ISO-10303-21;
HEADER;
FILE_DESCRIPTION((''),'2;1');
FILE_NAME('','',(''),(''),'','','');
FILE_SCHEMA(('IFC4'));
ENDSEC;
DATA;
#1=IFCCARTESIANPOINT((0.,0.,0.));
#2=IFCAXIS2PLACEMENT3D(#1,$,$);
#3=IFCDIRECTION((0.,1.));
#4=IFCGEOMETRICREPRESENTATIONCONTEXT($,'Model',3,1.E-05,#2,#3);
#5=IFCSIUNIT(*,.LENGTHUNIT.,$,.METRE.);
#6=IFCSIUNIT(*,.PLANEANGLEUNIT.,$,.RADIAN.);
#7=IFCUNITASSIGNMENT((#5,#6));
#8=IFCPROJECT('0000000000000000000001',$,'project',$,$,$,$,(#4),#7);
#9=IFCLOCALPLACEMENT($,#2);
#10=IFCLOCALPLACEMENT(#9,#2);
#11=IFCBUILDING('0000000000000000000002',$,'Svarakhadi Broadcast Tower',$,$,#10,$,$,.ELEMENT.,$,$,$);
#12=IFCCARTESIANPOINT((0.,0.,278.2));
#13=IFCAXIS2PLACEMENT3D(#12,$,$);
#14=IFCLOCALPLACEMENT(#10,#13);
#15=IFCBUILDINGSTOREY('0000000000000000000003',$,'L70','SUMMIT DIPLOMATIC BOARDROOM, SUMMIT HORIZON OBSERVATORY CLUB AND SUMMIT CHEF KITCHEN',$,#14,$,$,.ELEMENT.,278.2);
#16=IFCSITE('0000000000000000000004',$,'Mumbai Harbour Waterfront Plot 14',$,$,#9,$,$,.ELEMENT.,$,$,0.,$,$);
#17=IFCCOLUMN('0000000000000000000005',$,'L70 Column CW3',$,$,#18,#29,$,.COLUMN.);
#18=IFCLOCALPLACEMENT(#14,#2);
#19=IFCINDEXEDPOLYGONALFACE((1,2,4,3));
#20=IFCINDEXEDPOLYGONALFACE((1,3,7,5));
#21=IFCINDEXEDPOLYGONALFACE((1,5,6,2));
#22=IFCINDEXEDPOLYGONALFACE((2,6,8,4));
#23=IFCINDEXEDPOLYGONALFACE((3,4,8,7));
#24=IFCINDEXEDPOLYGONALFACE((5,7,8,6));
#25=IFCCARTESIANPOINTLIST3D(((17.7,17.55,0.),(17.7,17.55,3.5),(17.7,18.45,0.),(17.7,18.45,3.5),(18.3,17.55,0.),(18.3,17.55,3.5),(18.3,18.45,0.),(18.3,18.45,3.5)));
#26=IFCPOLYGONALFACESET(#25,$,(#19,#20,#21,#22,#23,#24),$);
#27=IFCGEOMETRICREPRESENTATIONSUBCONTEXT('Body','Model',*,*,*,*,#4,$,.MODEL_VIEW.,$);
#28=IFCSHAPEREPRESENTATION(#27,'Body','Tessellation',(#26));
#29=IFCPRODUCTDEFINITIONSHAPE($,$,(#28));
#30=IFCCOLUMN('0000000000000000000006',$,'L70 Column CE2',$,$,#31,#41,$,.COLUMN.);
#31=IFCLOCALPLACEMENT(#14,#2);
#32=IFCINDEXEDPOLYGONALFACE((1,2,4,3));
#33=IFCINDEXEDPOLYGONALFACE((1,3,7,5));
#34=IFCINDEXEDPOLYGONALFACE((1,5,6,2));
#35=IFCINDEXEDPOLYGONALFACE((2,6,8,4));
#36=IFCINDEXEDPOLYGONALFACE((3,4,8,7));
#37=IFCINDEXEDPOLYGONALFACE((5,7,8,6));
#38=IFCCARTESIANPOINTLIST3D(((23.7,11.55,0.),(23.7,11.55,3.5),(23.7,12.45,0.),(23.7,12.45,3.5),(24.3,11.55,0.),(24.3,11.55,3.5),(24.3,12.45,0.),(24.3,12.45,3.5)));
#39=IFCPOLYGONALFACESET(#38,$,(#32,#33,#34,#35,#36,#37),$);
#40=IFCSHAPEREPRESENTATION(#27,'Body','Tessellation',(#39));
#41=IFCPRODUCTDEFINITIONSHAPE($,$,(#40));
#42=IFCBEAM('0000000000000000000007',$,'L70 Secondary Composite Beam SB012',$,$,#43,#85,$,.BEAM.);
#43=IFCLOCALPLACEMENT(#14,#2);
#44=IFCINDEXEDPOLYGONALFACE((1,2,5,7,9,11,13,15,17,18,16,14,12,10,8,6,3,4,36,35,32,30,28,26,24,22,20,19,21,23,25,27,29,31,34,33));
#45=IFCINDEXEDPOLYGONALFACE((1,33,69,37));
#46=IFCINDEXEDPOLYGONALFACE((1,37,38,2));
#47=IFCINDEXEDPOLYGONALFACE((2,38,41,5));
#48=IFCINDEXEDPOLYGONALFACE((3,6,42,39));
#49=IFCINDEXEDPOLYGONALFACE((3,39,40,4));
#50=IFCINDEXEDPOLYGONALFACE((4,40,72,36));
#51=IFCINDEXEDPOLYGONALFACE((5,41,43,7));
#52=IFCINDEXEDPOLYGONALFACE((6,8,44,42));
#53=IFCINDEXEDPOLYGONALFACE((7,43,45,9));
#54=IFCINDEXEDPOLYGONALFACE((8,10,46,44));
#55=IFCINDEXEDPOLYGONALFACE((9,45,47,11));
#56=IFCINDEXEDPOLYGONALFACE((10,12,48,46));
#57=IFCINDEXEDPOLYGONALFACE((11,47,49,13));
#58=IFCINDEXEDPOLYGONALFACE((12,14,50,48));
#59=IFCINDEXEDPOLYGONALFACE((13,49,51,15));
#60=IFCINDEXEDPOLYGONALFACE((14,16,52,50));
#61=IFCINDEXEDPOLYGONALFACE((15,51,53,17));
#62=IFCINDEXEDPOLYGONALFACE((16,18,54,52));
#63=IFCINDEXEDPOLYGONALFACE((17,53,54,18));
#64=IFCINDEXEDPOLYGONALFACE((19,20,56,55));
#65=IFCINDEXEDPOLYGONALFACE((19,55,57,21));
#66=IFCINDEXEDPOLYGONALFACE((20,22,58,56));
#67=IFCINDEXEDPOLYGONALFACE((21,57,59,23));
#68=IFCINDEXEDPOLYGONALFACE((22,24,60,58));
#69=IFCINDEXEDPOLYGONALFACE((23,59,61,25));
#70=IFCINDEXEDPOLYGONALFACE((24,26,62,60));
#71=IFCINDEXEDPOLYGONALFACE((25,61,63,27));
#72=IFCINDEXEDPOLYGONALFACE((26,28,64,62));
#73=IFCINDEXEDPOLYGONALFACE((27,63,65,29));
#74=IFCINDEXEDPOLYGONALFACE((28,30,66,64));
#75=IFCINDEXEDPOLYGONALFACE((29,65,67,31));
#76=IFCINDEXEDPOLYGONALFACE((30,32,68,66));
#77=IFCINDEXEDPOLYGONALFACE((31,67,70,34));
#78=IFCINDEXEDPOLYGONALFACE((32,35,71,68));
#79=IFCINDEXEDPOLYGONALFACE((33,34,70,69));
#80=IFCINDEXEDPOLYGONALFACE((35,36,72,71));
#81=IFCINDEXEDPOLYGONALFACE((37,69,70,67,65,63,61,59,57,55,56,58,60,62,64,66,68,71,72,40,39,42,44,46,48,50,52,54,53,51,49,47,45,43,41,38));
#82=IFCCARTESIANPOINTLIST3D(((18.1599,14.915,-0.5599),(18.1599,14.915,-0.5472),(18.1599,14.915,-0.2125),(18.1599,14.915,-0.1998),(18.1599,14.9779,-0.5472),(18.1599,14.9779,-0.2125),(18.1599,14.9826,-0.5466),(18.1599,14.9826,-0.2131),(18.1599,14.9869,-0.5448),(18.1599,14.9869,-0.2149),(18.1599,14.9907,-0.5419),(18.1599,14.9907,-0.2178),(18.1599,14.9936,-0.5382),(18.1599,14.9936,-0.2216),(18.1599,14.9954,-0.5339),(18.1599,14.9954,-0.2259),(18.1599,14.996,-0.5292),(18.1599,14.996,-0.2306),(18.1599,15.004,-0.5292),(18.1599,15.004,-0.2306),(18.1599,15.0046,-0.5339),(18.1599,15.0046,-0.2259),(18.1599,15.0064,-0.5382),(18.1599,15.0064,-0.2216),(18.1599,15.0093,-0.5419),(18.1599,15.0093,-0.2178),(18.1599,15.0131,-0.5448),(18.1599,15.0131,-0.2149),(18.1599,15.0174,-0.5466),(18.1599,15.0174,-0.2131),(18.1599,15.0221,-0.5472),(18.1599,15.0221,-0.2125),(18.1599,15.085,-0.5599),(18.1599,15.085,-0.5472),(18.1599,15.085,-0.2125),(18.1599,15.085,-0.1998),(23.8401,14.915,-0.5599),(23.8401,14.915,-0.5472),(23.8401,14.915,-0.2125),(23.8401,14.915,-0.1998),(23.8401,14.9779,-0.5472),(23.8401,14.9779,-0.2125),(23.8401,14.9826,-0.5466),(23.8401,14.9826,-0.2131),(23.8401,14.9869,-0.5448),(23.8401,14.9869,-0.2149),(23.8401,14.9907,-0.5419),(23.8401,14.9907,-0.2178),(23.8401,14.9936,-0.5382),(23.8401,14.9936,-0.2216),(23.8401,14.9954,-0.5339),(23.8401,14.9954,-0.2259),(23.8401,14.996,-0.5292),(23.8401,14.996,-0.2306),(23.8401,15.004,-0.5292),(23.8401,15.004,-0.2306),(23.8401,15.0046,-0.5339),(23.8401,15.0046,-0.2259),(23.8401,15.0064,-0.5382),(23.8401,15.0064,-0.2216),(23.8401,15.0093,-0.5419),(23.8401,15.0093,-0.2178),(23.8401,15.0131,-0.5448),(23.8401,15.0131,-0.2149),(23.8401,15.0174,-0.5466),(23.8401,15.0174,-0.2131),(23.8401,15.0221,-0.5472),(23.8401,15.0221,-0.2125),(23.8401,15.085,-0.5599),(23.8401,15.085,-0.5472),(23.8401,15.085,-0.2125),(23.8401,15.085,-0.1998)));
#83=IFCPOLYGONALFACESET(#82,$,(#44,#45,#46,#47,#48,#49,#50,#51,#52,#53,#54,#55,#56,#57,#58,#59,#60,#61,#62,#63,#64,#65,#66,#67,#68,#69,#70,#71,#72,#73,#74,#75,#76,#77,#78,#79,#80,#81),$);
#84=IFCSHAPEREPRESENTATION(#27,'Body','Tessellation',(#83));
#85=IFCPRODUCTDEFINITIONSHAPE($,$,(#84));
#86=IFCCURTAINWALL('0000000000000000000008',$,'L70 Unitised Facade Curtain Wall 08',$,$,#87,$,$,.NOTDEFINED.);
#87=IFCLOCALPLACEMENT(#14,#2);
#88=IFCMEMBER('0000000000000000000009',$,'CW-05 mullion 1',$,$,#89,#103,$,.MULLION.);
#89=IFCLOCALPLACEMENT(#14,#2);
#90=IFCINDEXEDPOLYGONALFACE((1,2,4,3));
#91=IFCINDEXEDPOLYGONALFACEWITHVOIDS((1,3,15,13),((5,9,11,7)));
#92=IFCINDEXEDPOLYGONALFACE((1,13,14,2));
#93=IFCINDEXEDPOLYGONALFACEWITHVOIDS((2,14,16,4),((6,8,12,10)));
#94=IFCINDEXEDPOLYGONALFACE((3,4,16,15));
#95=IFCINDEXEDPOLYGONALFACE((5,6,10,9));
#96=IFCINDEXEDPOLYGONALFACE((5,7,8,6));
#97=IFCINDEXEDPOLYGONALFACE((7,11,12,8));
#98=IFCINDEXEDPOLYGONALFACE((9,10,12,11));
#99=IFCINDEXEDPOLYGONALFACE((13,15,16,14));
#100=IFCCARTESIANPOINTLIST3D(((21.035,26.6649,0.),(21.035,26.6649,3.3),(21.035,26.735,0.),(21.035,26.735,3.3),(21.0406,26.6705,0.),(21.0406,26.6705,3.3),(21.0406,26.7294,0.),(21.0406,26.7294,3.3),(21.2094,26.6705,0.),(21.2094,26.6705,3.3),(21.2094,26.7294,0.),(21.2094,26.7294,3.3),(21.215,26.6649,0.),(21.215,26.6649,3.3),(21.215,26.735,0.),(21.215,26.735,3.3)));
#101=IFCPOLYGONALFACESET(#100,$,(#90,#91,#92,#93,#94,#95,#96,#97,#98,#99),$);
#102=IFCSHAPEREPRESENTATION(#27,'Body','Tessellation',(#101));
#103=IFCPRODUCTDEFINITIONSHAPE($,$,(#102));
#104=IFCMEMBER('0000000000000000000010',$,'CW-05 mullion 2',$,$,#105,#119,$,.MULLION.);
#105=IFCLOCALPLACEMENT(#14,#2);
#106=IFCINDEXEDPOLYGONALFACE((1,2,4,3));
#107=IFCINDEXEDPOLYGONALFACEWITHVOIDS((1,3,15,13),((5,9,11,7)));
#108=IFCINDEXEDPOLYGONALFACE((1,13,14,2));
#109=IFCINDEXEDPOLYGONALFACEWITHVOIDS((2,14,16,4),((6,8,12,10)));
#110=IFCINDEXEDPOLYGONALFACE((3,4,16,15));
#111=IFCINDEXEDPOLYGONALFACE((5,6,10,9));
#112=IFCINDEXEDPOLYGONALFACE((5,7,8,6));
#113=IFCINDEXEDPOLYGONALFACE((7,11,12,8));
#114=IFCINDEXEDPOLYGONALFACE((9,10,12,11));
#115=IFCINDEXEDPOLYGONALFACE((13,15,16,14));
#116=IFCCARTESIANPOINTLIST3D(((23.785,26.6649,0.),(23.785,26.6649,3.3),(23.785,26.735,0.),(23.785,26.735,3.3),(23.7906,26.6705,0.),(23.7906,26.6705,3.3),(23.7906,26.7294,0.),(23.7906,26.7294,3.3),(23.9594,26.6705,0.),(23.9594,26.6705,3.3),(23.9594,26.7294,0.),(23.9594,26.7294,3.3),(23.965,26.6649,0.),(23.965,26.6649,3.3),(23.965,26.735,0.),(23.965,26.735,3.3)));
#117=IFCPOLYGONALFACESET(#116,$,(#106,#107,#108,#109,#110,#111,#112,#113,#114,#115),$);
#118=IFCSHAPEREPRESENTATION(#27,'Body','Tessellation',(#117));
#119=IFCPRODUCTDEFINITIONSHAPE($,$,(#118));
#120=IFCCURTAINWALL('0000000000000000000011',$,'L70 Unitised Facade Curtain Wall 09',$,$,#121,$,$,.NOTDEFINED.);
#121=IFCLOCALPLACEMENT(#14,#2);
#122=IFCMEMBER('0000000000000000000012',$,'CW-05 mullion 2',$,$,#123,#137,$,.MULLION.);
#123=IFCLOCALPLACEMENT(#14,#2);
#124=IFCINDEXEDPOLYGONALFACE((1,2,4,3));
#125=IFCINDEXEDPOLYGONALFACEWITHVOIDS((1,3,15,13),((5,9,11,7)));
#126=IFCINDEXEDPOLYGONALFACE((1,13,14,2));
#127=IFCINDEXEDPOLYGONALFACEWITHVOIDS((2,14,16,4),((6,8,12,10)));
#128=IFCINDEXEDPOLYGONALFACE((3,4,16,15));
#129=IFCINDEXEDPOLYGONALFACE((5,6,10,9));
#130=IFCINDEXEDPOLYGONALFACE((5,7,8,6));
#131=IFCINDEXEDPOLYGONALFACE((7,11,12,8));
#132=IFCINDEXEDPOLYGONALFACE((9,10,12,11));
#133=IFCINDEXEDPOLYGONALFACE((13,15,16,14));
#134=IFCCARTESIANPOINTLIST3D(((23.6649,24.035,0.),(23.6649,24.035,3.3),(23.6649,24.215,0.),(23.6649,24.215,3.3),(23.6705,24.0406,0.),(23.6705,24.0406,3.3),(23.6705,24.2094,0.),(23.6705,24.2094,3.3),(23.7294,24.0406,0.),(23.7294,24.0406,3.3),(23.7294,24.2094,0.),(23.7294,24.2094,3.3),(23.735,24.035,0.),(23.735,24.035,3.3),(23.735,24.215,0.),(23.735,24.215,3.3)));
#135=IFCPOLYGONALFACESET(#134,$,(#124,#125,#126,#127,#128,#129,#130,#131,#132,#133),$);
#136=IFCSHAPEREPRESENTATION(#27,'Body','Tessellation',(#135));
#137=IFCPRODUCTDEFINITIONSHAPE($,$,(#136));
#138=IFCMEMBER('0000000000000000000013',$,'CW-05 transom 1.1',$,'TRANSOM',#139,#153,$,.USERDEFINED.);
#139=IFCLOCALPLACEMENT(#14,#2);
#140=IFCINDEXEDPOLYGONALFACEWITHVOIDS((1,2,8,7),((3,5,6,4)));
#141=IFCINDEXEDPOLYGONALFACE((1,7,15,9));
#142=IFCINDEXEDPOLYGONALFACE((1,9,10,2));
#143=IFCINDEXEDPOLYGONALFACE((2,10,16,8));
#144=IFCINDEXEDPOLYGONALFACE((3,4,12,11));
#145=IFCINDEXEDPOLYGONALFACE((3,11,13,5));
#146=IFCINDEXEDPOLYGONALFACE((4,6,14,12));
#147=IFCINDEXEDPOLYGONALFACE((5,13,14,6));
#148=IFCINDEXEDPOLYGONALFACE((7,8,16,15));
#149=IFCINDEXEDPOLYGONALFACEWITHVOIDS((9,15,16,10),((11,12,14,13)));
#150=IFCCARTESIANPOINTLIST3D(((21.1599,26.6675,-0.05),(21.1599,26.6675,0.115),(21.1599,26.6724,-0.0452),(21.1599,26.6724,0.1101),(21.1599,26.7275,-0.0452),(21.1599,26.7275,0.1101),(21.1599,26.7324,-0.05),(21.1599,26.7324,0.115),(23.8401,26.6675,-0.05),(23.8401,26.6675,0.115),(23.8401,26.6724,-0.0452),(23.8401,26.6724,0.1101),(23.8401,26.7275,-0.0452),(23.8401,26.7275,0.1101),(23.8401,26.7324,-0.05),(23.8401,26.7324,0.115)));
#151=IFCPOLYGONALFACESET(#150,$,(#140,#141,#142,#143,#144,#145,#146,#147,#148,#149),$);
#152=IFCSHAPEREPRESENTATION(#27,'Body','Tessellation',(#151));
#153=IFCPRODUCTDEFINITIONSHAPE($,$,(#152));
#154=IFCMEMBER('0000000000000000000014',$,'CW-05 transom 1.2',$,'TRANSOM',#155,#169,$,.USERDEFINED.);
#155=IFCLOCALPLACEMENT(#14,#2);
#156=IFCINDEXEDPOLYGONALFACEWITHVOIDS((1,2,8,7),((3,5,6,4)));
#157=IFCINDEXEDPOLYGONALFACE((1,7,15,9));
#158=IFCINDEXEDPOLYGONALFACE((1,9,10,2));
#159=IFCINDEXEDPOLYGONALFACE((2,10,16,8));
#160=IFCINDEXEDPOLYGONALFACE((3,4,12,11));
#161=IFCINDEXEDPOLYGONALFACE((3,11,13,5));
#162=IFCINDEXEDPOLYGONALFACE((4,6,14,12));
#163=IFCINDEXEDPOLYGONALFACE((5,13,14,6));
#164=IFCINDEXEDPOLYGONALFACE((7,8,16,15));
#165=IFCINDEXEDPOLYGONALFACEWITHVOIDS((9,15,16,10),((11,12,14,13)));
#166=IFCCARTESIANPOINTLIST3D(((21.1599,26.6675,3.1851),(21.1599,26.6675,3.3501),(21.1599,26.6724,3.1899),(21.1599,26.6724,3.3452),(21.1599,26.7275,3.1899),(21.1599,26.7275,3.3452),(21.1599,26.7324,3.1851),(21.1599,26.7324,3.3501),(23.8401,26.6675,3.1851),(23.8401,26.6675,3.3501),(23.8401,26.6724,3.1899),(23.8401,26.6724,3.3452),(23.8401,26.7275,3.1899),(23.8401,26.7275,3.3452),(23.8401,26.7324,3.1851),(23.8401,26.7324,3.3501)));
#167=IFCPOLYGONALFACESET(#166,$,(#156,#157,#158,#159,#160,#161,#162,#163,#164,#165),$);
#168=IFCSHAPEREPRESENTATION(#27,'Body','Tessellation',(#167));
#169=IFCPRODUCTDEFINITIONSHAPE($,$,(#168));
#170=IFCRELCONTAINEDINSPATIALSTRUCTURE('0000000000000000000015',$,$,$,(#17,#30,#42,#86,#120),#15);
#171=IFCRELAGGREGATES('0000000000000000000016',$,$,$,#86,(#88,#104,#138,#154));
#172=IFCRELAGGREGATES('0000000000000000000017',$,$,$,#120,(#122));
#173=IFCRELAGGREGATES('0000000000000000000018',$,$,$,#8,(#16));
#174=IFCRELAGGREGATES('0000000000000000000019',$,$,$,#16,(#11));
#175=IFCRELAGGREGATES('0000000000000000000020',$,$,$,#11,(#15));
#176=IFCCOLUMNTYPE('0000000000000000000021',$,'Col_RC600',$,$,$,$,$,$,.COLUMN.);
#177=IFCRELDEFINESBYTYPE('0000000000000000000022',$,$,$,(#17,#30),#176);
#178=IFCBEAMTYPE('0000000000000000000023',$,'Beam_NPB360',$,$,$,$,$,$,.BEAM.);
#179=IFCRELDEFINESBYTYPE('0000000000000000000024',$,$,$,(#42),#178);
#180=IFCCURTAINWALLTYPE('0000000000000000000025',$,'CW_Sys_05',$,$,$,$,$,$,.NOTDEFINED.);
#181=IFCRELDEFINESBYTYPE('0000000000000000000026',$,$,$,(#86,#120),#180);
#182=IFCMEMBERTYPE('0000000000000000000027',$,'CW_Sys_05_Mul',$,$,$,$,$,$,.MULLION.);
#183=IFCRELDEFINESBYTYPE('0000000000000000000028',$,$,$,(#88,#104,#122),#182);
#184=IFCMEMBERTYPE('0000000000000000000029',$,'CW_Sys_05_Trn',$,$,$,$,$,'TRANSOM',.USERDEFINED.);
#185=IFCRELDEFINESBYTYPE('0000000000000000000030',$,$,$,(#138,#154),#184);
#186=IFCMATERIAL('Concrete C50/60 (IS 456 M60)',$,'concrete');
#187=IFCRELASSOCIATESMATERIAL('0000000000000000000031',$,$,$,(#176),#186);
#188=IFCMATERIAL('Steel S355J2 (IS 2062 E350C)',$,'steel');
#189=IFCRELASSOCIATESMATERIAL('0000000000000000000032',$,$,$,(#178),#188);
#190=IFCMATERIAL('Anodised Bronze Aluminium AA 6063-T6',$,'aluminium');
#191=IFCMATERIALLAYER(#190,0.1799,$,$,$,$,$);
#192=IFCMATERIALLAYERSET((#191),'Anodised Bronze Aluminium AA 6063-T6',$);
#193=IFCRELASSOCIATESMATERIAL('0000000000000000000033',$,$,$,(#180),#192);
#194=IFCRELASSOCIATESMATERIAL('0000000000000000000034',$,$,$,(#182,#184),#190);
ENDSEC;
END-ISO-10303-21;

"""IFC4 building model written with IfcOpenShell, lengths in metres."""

from ifc_helpers import new_model, si_unit, direction, frame, origin, origin_2d, place, context, subcontext, project, spatial, rectangle, hollow_rectangle, i_section, extrude, material, layer, layer_set, material_profile, profile_set, type_object, element, aggregate, save


model = new_model("IFC4")

# Units and contexts
model_context = context("Model", 3, precision=1e-05, world=origin(), true_north=direction((0.0, 1.0)))
body_context = subcontext(model_context, "Body", "Model", "MODEL_VIEW")
ifc_project = project(units=[si_unit("LENGTHUNIT", "METRE"), si_unit("PLANEANGLEUNIT", "RADIAN")], contexts=[model_context])

# Site, building, storey
site_placement = place(None, origin())
site = spatial("IfcSite", under=ifc_project, at=site_placement, Name="Mumbai Harbour Waterfront Plot 14", CompositionType="ELEMENT", RefElevation=0.0)
building_placement = place(site_placement, origin())
building = spatial("IfcBuilding", under=site, at=building_placement, Name="Svarakhadi Broadcast Tower", CompositionType="ELEMENT")
storey_placement = place(building_placement, frame((0.0, 0.0, 278.2)))
storey = spatial("IfcBuildingStorey", under=building, at=storey_placement, Name="L70", Description="SUMMIT DIPLOMATIC BOARDROOM, SUMMIT HORIZON OBSERVATORY CLUB AND SUMMIT CHEF KITCHEN", CompositionType="ELEMENT", Elevation=278.2)

# Columns
ifc_material_1 = material(Name="Concrete C50/60 (IS 456 M60)", Category="concrete")
ifc_material_profile_1 = material_profile(ifc_material_1, rectangle(XDim=0.6001, YDim=0.8999, at=origin_2d()), Name="RC 600x900")
ifc_profile_set_1 = profile_set([ifc_material_profile_1], Name="Concrete C50/60 (IS 456 M60)")
column_type = type_object("IfcColumnType", Name="Col_RC600", PredefinedType="COLUMN", material=ifc_profile_set_1)
for number, where, z_axis, x_axis, name in (
    (1, (18.0, 18.0, 0.0), (0.0, 0.0, 1.0), (1.0, 0.0, 0.0), "L70 Column CW3"),
    (2, (24.0, 12.0, 0.0), (0.0, 0.0, 1.0), (1.0, 0.0, 0.0), "L70 Column CE2"),
):
    element("IfcColumn", number, at=place(storey_placement, frame(where, z_axis=z_axis, x_axis=x_axis)), inside=storey, type_object=column_type, Name=name, PredefinedType="COLUMN", context=body_context, shape_type="SweptSolid", body=[
        extrude(rectangle(XDim=0.6001, YDim=0.8999, at=origin_2d()), origin(), (0.0, 0.0, 1.0), 3.5),
    ])

# Beam
ifc_material_2 = material(Name="Steel S355J2 (IS 2062 E350C)", Category="steel")
ifc_material_profile_2 = material_profile(ifc_material_2, i_section(OverallWidth=0.1699, OverallDepth=0.3601, WebThickness=0.0081, FlangeThickness=0.0127, FilletRadius=0.0181, at=origin_2d()), Name="NPB 360x170x57")
ifc_profile_set_2 = profile_set([ifc_material_profile_2], Name="Steel S355J2 (IS 2062 E350C)")
beam_type_1 = type_object("IfcBeamType", Name="Beam_NPB360", PredefinedType="BEAM", material=ifc_profile_set_2)
beam_1_placement = place(storey_placement, frame((18.1599, 15.0, -0.3799), z_axis=(1.0, 0.0, 0.0), x_axis=(0.0, 1.0, 0.0)))
element("IfcBeam", 3, at=beam_1_placement, inside=storey, type_object=beam_type_1, Name="L70 Secondary Composite Beam SB012", PredefinedType="BEAM", context=body_context, shape_type="SweptSolid", body=[
    extrude(i_section(OverallWidth=0.1699, OverallDepth=0.3601, WebThickness=0.0081, FlangeThickness=0.0127, FilletRadius=0.0181, at=origin_2d()), origin(), (0.0, 0.0, 1.0), 5.6802),
])

# Curtain wall, members
ifc_material_3 = material(Name="Anodised Bronze Aluminium AA 6063-T6", Category="aluminium")
ifc_layer_1 = layer(ifc_material_3, 0.1799)
ifc_layer_set_1 = layer_set([ifc_layer_1], Name="Anodised Bronze Aluminium AA 6063-T6")
curtain_wall_type = type_object("IfcCurtainWallType", Name="CW_Sys_05", PredefinedType="NOTDEFINED", material=ifc_layer_set_1)
curtain_wall_1_placement = place(storey_placement, origin())
curtain_wall_1 = element("IfcCurtainWall", 4, at=curtain_wall_1_placement, inside=storey, type_object=curtain_wall_type, Name="L70 Unitised Facade Curtain Wall 08", PredefinedType="NOTDEFINED")
ifc_material_profile_3 = material_profile(ifc_material_3, hollow_rectangle(XDim=0.0701, YDim=0.1799, WallThickness=0.0056, at=origin_2d()), Name="ALU MULLION 180x70x6")
ifc_profile_set_3 = profile_set([ifc_material_profile_3], Name="Anodised Bronze Aluminium AA 6063-T6")
member_type_1 = type_object("IfcMemberType", Name="CW_Sys_05_Mul", PredefinedType="MULLION", material=ifc_profile_set_3)
member_1_placement = place(storey_placement, frame((21.125, 26.7, 0.0), z_axis=(0.0, 0.0, 1.0), x_axis=(0.0, 1.0, 0.0)))
member_1 = element("IfcMember", 5, at=member_1_placement, type_object=member_type_1, Name="CW-05 mullion 1", PredefinedType="MULLION", context=body_context, shape_type="SweptSolid", body=[
    extrude(hollow_rectangle(XDim=0.0701, YDim=0.1799, WallThickness=0.0056, at=origin_2d()), origin(), (0.0, 0.0, 1.0), 3.3),
])
member_2_placement = place(storey_placement, frame((23.875, 26.7, 0.0), z_axis=(0.0, 0.0, 1.0), x_axis=(0.0, 1.0, 0.0)))
member_2 = element("IfcMember", 6, at=member_2_placement, type_object=member_type_1, Name="CW-05 mullion 2", PredefinedType="MULLION", context=body_context, shape_type="SweptSolid", body=[
    extrude(hollow_rectangle(XDim=0.0701, YDim=0.1799, WallThickness=0.0056, at=origin_2d()), origin(), (0.0, 0.0, 1.0), 3.3),
])

# Curtain wall, member
curtain_wall_2_placement = place(storey_placement, origin())
curtain_wall_2 = element("IfcCurtainWall", 7, at=curtain_wall_2_placement, inside=storey, type_object=curtain_wall_type, Name="L70 Unitised Facade Curtain Wall 09", PredefinedType="NOTDEFINED")
member_3_placement = place(storey_placement, frame((23.7, 24.125, 0.0), z_axis=(0.0, 0.0, 1.0), x_axis=(1.0, 0.0, 0.0)))
member_3 = element("IfcMember", 8, at=member_3_placement, type_object=member_type_1, Name="CW-05 mullion 2", PredefinedType="MULLION", context=body_context, shape_type="SweptSolid", body=[
    extrude(hollow_rectangle(XDim=0.0701, YDim=0.1799, WallThickness=0.0056, at=origin_2d()), origin(), (0.0, 0.0, 1.0), 3.3),
])

# Members
ifc_material_profile_4 = material_profile(ifc_material_3, hollow_rectangle(XDim=0.0649, YDim=0.165, WallThickness=0.0049, at=origin_2d()), Name="ALU TRANSOM 165x65x5")
ifc_profile_set_4 = profile_set([ifc_material_profile_4], Name="Anodised Bronze Aluminium AA 6063-T6")
member_type_2 = type_object("IfcMemberType", Name="CW_Sys_05_Trn", ElementType="TRANSOM", PredefinedType="USERDEFINED", material=ifc_profile_set_4)
member_4_placement = place(storey_placement, frame((21.1599, 26.7, 0.0325), z_axis=(1.0, 0.0, 0.0), x_axis=(0.0, 1.0, 0.0)))
member_4 = element("IfcMember", 9, at=member_4_placement, type_object=member_type_2, Name="CW-05 transom 1.1", ObjectType="TRANSOM", PredefinedType="USERDEFINED", context=body_context, shape_type="SweptSolid", body=[
    extrude(hollow_rectangle(XDim=0.0649, YDim=0.165, WallThickness=0.0049, at=origin_2d()), origin(), (0.0, 0.0, 1.0), 2.6802),
])
member_5_placement = place(storey_placement, frame((21.1599, 26.7, 3.2676), z_axis=(1.0, 0.0, 0.0), x_axis=(0.0, 1.0, 0.0)))
member_5 = element("IfcMember", 10, at=member_5_placement, type_object=member_type_2, Name="CW-05 transom 1.2", ObjectType="TRANSOM", PredefinedType="USERDEFINED", context=body_context, shape_type="SweptSolid", body=[
    extrude(hollow_rectangle(XDim=0.0649, YDim=0.165, WallThickness=0.0049, at=origin_2d()), origin(), (0.0, 0.0, 1.0), 2.6802),
])

aggregate(curtain_wall_1, [member_1, member_2, member_4, member_5])
aggregate(curtain_wall_2, [member_3])

save(model, "model.ifc")
